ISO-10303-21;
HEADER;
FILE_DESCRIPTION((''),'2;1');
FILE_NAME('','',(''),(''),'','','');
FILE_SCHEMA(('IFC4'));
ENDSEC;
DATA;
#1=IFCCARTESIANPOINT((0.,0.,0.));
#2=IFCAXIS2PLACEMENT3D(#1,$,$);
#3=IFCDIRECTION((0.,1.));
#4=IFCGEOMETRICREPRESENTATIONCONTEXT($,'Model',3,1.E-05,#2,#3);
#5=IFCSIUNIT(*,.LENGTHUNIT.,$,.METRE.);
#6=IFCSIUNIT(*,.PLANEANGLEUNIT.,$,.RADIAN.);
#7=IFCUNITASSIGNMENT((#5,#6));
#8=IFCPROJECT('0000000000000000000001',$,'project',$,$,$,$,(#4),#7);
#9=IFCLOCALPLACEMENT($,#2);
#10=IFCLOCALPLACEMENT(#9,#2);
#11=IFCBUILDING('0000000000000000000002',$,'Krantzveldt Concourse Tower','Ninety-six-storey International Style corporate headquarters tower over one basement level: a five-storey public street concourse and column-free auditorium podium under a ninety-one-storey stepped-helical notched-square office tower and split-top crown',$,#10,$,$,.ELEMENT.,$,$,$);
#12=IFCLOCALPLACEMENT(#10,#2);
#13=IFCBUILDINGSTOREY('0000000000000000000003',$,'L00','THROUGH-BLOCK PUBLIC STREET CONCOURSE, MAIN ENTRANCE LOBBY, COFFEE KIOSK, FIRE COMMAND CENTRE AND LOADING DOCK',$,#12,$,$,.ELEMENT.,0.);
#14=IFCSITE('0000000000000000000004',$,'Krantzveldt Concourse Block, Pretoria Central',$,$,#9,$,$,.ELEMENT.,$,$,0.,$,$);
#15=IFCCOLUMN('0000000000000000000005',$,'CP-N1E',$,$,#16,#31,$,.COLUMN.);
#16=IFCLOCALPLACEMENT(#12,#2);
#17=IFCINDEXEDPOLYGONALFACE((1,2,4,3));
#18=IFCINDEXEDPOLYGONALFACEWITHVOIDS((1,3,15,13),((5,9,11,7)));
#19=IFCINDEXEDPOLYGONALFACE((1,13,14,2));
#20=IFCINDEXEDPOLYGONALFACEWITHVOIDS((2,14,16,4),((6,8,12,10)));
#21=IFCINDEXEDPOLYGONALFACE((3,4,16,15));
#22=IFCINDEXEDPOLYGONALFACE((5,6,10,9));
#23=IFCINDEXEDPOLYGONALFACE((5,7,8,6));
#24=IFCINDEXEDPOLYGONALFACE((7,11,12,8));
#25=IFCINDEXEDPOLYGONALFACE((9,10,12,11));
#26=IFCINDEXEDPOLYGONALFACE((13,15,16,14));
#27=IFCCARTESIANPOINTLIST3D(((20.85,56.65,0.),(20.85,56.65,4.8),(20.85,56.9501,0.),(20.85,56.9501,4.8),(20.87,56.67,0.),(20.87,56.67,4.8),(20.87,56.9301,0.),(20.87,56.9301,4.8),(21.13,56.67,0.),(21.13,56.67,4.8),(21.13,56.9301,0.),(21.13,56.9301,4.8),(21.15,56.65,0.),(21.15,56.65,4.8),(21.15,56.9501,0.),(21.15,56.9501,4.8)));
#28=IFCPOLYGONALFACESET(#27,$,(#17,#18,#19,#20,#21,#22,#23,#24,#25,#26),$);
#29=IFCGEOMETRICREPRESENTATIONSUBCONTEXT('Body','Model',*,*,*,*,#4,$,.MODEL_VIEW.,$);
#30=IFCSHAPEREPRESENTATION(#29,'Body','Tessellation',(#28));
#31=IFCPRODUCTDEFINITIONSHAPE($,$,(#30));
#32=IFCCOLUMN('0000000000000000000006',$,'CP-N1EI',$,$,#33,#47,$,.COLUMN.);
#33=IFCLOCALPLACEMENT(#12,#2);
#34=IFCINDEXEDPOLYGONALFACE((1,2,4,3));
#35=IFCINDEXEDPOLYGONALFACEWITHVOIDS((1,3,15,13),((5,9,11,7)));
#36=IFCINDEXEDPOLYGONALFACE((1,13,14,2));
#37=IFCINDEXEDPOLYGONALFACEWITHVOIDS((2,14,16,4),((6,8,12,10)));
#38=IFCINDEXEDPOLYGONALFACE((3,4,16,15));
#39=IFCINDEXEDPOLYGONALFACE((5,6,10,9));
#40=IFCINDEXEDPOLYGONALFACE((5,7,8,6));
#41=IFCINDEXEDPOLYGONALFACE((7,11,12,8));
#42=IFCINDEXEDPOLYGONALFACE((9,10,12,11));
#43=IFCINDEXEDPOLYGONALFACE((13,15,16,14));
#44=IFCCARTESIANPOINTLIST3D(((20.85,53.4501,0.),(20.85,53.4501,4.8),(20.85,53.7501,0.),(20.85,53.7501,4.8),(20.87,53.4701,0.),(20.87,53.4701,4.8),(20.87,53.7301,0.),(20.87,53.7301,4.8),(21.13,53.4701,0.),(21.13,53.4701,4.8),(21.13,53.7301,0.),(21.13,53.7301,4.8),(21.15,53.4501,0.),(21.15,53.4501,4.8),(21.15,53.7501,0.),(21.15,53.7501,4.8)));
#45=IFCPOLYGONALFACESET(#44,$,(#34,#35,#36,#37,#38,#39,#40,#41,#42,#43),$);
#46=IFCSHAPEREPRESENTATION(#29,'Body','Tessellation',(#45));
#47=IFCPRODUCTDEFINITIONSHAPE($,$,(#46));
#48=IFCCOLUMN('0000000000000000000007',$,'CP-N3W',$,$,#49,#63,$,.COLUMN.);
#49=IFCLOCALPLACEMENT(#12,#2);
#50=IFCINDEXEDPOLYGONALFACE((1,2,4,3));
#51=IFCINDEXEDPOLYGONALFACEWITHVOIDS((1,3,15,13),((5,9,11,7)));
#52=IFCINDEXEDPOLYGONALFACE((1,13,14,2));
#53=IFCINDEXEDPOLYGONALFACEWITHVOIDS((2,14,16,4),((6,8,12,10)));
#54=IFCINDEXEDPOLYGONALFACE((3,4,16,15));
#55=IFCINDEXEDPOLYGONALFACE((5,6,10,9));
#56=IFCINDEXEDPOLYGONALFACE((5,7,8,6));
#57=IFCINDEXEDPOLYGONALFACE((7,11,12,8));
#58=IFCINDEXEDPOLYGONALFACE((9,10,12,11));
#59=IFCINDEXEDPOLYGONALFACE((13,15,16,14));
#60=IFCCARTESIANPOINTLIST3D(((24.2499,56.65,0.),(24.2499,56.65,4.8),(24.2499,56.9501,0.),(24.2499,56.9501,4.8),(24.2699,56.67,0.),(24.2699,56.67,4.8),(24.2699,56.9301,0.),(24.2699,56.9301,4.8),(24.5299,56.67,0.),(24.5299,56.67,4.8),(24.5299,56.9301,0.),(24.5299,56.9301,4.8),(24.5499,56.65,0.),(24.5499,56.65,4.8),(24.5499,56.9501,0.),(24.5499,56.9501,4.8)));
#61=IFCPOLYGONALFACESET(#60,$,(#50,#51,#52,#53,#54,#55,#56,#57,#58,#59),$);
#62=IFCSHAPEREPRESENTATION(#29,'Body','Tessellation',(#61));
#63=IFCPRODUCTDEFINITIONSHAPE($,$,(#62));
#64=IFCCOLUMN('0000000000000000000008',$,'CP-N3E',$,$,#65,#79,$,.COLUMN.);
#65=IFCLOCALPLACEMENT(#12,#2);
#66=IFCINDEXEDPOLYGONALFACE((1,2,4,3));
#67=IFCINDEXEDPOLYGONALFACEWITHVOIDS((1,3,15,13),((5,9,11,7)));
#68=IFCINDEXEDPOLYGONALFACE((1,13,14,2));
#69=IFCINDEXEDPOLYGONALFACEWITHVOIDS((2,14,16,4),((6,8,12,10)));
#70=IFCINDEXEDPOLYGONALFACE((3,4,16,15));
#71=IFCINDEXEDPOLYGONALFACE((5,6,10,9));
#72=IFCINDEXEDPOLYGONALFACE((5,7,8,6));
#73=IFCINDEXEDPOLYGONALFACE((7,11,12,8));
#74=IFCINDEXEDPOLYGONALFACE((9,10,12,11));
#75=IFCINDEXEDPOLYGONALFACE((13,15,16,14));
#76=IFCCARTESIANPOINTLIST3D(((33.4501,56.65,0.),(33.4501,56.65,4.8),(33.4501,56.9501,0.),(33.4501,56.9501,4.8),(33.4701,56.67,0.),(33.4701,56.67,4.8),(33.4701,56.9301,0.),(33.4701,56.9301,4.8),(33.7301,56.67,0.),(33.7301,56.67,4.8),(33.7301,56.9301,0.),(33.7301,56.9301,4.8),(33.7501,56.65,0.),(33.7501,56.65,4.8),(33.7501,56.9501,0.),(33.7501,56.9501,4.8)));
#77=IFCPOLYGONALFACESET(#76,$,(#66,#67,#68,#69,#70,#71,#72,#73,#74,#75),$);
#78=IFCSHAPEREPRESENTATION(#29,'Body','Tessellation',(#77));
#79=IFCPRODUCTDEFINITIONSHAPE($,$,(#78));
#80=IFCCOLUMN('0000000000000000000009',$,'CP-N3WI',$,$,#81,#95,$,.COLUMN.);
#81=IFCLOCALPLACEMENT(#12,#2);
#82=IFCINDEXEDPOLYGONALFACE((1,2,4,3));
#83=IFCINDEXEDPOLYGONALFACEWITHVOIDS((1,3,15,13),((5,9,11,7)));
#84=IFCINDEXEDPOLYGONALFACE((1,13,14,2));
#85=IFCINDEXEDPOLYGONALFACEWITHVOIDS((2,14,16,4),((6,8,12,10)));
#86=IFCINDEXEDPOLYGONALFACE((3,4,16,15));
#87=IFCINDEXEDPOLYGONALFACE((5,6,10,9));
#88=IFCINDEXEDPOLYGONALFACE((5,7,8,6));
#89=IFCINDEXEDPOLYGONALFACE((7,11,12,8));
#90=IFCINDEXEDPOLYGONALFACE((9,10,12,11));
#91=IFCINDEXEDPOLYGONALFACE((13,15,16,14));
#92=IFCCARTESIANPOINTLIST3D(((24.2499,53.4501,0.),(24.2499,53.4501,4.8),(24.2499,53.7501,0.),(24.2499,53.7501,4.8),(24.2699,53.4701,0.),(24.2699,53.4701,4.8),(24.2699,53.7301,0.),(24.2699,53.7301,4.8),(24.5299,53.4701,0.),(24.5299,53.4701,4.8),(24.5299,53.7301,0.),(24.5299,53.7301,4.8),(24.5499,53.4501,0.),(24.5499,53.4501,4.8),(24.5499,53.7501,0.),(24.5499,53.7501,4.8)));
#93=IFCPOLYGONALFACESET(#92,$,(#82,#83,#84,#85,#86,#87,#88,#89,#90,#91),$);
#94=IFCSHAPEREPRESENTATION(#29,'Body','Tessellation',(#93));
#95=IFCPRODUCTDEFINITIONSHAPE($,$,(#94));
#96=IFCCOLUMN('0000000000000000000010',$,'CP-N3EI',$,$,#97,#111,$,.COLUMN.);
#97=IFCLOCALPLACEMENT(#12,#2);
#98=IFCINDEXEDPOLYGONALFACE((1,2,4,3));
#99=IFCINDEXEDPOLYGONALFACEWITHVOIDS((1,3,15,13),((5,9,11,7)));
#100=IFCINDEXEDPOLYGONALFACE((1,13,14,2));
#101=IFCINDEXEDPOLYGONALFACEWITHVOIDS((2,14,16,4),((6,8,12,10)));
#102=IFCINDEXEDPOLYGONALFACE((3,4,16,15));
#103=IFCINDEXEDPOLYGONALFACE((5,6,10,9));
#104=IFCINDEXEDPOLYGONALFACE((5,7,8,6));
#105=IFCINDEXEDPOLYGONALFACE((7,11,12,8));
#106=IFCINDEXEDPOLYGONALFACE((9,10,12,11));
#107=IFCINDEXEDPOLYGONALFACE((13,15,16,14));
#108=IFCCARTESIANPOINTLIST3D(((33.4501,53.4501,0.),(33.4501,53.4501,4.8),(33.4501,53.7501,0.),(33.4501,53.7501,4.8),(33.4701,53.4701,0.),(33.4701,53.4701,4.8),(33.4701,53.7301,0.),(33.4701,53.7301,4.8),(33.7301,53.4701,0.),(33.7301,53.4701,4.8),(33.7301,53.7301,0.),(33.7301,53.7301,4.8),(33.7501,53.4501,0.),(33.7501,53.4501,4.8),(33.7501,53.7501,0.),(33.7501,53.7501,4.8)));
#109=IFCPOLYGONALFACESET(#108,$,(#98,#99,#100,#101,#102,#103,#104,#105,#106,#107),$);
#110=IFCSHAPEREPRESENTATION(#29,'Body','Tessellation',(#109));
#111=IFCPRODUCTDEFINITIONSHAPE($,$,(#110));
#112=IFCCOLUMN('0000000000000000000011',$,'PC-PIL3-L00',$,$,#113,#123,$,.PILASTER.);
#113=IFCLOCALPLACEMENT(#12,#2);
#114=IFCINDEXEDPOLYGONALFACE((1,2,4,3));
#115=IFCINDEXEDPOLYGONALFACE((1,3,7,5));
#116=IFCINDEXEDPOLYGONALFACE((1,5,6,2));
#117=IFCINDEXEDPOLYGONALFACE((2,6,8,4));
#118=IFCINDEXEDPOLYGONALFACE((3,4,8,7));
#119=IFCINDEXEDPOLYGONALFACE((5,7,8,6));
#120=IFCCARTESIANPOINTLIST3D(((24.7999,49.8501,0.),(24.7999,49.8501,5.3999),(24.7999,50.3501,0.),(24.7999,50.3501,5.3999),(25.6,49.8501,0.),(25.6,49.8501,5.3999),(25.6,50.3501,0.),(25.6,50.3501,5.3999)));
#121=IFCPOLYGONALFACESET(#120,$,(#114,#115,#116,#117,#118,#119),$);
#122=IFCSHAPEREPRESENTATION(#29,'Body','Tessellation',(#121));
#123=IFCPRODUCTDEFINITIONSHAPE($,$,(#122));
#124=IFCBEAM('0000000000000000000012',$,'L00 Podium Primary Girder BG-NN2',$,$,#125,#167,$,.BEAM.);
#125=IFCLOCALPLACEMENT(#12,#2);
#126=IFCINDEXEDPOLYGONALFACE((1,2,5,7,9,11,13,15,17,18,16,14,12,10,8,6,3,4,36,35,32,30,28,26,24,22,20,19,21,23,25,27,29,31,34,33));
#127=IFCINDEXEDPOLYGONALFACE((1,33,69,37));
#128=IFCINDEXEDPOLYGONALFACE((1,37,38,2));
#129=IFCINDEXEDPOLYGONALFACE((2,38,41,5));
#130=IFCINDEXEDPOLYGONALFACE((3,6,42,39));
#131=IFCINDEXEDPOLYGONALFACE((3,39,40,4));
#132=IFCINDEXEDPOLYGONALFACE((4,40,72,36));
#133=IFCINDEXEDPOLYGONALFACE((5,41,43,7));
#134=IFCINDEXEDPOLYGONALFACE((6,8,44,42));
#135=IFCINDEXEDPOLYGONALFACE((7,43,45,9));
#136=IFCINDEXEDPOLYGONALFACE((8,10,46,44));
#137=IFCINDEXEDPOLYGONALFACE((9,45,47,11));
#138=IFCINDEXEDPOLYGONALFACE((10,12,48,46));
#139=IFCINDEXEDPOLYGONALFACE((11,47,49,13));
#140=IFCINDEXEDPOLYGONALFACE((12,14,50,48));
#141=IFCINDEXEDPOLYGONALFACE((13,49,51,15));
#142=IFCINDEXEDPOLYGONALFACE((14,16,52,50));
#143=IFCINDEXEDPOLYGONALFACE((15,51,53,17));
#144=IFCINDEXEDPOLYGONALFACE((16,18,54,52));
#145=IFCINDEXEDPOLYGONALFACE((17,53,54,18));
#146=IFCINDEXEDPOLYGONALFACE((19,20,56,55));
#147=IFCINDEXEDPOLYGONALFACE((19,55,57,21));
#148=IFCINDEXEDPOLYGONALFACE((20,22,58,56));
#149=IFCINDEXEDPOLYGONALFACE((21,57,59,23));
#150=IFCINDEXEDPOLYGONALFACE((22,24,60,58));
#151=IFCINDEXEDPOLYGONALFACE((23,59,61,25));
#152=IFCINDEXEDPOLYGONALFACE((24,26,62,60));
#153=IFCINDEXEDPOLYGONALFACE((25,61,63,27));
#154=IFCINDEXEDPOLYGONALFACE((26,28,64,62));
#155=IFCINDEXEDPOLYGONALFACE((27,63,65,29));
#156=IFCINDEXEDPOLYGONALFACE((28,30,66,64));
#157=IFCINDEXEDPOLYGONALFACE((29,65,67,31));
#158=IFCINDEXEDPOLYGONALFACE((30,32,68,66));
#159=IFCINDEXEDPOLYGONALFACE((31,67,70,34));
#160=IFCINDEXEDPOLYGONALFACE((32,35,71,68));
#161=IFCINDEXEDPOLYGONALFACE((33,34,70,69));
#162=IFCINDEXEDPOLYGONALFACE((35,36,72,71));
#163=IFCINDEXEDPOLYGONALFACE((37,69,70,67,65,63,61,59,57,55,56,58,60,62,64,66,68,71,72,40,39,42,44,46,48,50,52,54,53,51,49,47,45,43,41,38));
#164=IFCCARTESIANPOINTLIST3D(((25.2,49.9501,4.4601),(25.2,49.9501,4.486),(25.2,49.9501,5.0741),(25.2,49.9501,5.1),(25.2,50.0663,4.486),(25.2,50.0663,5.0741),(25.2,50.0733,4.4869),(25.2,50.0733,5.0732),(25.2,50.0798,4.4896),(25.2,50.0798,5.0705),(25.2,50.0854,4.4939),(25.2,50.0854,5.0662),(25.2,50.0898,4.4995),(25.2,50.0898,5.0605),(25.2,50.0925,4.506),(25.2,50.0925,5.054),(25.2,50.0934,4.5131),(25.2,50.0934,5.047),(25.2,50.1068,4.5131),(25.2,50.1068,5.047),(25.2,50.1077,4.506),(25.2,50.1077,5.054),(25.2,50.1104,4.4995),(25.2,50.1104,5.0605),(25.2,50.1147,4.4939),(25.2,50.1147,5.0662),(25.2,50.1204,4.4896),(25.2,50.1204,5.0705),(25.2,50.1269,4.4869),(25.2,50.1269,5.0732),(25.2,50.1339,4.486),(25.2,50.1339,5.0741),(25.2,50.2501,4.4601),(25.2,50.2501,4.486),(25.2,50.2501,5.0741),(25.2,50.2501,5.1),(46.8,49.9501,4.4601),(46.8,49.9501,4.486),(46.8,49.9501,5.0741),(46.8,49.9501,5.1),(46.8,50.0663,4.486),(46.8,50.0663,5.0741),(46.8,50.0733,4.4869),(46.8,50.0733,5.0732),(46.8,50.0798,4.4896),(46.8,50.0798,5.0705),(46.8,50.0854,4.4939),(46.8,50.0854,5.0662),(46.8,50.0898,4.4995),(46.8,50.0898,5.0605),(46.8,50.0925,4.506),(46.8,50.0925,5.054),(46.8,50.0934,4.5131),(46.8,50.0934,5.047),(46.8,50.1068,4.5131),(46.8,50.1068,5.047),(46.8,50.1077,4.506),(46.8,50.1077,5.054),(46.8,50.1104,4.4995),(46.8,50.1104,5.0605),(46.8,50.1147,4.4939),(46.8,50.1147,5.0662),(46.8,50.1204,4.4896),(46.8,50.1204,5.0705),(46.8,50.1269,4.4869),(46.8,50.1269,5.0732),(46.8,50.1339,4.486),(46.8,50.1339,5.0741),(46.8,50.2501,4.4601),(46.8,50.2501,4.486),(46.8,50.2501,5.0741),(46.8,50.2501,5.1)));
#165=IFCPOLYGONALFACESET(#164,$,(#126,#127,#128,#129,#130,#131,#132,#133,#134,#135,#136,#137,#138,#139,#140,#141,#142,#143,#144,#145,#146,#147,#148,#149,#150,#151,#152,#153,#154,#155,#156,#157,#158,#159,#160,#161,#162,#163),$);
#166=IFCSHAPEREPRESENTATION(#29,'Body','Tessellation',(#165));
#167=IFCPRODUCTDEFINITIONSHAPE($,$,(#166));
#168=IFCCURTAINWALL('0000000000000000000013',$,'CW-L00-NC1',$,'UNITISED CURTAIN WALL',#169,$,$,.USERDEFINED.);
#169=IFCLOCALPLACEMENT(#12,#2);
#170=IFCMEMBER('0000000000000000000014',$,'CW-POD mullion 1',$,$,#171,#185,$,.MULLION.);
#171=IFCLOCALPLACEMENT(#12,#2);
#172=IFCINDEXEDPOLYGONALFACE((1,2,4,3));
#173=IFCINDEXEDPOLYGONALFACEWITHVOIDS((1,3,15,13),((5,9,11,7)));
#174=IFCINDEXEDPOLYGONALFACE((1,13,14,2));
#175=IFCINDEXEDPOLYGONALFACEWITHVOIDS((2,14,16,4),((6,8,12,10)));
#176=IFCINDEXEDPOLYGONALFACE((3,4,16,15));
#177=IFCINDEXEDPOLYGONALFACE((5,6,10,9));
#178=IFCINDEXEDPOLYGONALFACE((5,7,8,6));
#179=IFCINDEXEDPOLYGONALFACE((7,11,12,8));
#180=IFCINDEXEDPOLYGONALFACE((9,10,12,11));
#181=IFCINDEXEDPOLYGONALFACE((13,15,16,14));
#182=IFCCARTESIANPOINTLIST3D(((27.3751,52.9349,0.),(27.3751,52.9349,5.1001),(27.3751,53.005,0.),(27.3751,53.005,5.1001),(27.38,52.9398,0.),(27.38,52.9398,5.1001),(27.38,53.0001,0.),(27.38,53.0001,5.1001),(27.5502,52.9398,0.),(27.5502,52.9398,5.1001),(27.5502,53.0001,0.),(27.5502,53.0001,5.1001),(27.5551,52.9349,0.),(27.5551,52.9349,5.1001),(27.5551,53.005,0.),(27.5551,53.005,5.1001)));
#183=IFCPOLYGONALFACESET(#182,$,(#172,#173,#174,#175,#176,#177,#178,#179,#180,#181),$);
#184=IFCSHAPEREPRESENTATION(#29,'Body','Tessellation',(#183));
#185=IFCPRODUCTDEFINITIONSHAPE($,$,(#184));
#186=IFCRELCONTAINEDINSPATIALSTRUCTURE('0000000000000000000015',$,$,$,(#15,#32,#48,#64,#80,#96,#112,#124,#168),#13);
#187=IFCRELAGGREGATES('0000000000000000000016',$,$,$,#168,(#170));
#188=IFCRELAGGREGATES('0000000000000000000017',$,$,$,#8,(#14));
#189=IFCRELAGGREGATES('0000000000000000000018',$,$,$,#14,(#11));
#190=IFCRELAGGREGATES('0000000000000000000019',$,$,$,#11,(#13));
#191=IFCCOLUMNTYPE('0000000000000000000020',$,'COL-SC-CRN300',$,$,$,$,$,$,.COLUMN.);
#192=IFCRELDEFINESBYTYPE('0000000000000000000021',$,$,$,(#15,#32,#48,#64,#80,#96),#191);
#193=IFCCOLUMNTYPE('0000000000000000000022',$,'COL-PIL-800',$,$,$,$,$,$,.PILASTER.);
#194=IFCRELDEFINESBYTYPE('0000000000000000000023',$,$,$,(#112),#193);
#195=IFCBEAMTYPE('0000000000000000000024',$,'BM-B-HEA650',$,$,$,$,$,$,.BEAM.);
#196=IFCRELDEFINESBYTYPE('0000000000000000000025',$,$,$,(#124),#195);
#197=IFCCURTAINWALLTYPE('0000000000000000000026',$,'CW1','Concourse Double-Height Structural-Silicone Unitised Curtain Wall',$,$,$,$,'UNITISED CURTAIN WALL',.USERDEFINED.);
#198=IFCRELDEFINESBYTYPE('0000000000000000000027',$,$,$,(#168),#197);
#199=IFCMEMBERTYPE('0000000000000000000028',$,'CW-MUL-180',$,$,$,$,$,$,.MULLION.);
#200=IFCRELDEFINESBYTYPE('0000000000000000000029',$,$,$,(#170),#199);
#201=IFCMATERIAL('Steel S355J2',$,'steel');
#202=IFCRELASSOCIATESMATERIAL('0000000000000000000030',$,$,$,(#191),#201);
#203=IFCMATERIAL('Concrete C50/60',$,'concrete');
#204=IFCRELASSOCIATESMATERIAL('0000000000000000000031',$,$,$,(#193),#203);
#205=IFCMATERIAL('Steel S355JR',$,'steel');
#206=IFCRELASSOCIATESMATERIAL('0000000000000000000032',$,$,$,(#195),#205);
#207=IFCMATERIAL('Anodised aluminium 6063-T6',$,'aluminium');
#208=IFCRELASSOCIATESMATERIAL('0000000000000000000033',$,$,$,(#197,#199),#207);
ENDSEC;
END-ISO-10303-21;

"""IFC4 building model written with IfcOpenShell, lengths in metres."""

from ifc_helpers import new_model, si_unit, direction, frame, origin, origin_2d, place, context, subcontext, project, spatial, rectangle, hollow_rectangle, i_section, extrude, source, transform, mapped, material, material_profile, profile_set, type_object, type_shapes, element, aggregate, save


model = new_model("IFC4")

# Units and contexts
model_context = context("Model", 3, precision=1e-05, world=origin(), true_north=direction((0.0, 1.0)))
body_context = subcontext(model_context, "Body", "Model", "MODEL_VIEW")
ifc_project = project(units=[si_unit("LENGTHUNIT", "METRE"), si_unit("PLANEANGLEUNIT", "RADIAN")], contexts=[model_context])

# Site, building, storey
site_placement = place(None, origin())
site = spatial("IfcSite", under=ifc_project, at=site_placement, Name="Krantzveldt Concourse Block, Pretoria Central", CompositionType="ELEMENT", RefElevation=0.0)
building_placement = place(site_placement, origin())
building = spatial("IfcBuilding", under=site, at=building_placement, Name="Krantzveldt Concourse Tower", Description="Ninety-six-storey International Style corporate headquarters tower over one basement level: a five-storey public street concourse and column-free auditorium podium under a ninety-one-storey stepped-helical notched-square office tower and split-top crown", CompositionType="ELEMENT")
storey_placement = place(building_placement, origin())
storey = spatial("IfcBuildingStorey", under=building, at=storey_placement, Name="L00", Description="THROUGH-BLOCK PUBLIC STREET CONCOURSE, MAIN ENTRANCE LOBBY, COFFEE KIOSK, FIRE COMMAND CENTRE AND LOADING DOCK", CompositionType="ELEMENT", Elevation=0.0)

# Columns
ifc_material_1 = material(Name="Steel S355J2", Category="steel")
ifc_material_profile_1 = material_profile(ifc_material_1, hollow_rectangle(XDim=0.3, YDim=0.3, WallThickness=0.02, at=origin_2d()), Name="Steel S355J2", Category="steel")
ifc_profile_set_1 = profile_set([ifc_material_profile_1], Name="Steel S355J2 - SHS 300x300x20")
column_type_1 = type_object("IfcColumnType", Name="COL-SC-CRN300", PredefinedType="COLUMN", material=ifc_profile_set_1)
shared_shape_1 = source(origin(), body_context, "Body", "SweptSolid", [
    extrude(hollow_rectangle(XDim=0.3, YDim=0.3, WallThickness=0.02, at=origin_2d()), origin(), (0.0, 0.0, 1.0), 4.8),
])
type_shapes(column_type_1, [shared_shape_1])
for number, where, z_axis, x_axis, name in (
    (1, (21.0, 56.8, 0.0), (0.0, 0.0, 1.0), (1.0, 0.0, 0.0), "CP-N1E"),
    (2, (21.0, 53.6001, 0.0), (0.0, 0.0, 1.0), (1.0, 0.0, 0.0), "CP-N1EI"),
    (3, (24.3999, 56.8, 0.0), (0.0, 0.0, 1.0), (1.0, 0.0, 0.0), "CP-N3W"),
    (4, (33.6001, 56.8, 0.0), (0.0, 0.0, 1.0), (1.0, 0.0, 0.0), "CP-N3E"),
    (5, (24.3999, 53.6001, 0.0), (0.0, 0.0, 1.0), (1.0, 0.0, 0.0), "CP-N3WI"),
    (6, (33.6001, 53.6001, 0.0), (0.0, 0.0, 1.0), (1.0, 0.0, 0.0), "CP-N3EI"),
):
    element("IfcColumn", number, at=place(storey_placement, frame(where, z_axis=z_axis, x_axis=x_axis)), inside=storey, type_object=column_type_1, Name=name, PredefinedType="COLUMN", context=body_context, shape_type="MappedRepresentation", body=[
        mapped(shared_shape_1, transform((0.0, 0.0, 0.0), x_axis=(1.0, 0.0, 0.0), y_axis=(0.0, 1.0, 0.0), z_axis=(0.0, 0.0, 1.0), scale=1.0)),
    ])
ifc_material_2 = material(Name="Concrete C50/60", Category="concrete")
ifc_material_profile_2 = material_profile(ifc_material_2, rectangle(XDim=0.8, YDim=0.5, at=origin_2d()), Name="Concrete C50/60", Category="concrete")
ifc_profile_set_2 = profile_set([ifc_material_profile_2], Name="Concrete C50/60 - RC-PIL 800x500")
column_type_2 = type_object("IfcColumnType", Name="COL-PIL-800", PredefinedType="PILASTER", material=ifc_profile_set_2)
shared_shape_2 = source(origin(), body_context, "Body", "SweptSolid", [
    extrude(rectangle(XDim=0.8, YDim=0.5, at=origin_2d()), origin(), (0.0, 0.0, 1.0), 5.3999),
])
type_shapes(column_type_2, [shared_shape_2])
column_placement = place(storey_placement, frame((25.2, 50.1001, 0.0), z_axis=(0.0, 0.0, 1.0), x_axis=(1.0, 0.0, 0.0)))
element("IfcColumn", 7, at=column_placement, inside=storey, type_object=column_type_2, Name="PC-PIL3-L00", PredefinedType="PILASTER", context=body_context, shape_type="MappedRepresentation", body=[
    mapped(shared_shape_2, transform((0.0, 0.0, 0.0), x_axis=(1.0, 0.0, 0.0), y_axis=(0.0, 1.0, 0.0), z_axis=(0.0, 0.0, 1.0), scale=1.0)),
])

# Beam
ifc_material_3 = material(Name="Steel S355JR", Category="steel")
ifc_material_profile_3 = material_profile(ifc_material_3, i_section(OverallWidth=0.3, OverallDepth=0.6399, WebThickness=0.0134, FlangeThickness=0.0259, FilletRadius=0.0271, at=origin_2d()), Name="Steel S355JR", Category="steel")
ifc_profile_set_3 = profile_set([ifc_material_profile_3], Name="Steel S355JR - HEA 650")
beam_type = type_object("IfcBeamType", Name="BM-B-HEA650", PredefinedType="BEAM", material=ifc_profile_set_3)
shared_shape_3 = source(origin(), body_context, "Body", "SweptSolid", [
    extrude(i_section(OverallWidth=0.3, OverallDepth=0.6399, WebThickness=0.0134, FlangeThickness=0.0259, FilletRadius=0.0271, at=origin_2d()), origin(), (0.0, 0.0, 1.0), 21.6001),
])
type_shapes(beam_type, [shared_shape_3])
beam_placement = place(storey_placement, frame((25.2, 50.1001, 4.78), z_axis=(1.0, 0.0, 0.0), x_axis=(0.0, 1.0, 0.0)))
element("IfcBeam", 8, at=beam_placement, inside=storey, type_object=beam_type, Name="L00 Podium Primary Girder BG-NN2", PredefinedType="BEAM", context=body_context, shape_type="MappedRepresentation", body=[
    mapped(shared_shape_3, transform((0.0, 0.0, 0.0), x_axis=(1.0, 0.0, 0.0), y_axis=(0.0, 1.0, 0.0), z_axis=(0.0, 0.0, 1.0), scale=1.0)),
])

# Curtain wall, member
ifc_material_4 = material(Name="Anodised aluminium 6063-T6", Category="aluminium")
curtain_wall_type = type_object("IfcCurtainWallType", Name="CW1", Description="Concourse Double-Height Structural-Silicone Unitised Curtain Wall", ElementType="UNITISED CURTAIN WALL", PredefinedType="USERDEFINED", material=ifc_material_4)
curtain_wall_1_placement = place(storey_placement, origin())
curtain_wall_1 = element("IfcCurtainWall", 9, at=curtain_wall_1_placement, inside=storey, type_object=curtain_wall_type, Name="CW-L00-NC1", ObjectType="UNITISED CURTAIN WALL", PredefinedType="USERDEFINED")
ifc_material_profile_4 = material_profile(ifc_material_4, hollow_rectangle(XDim=0.0701, YDim=0.1799, WallThickness=0.0049, at=origin_2d()), Name="Anodised aluminium 6063-T6", Category="aluminium")
ifc_profile_set_4 = profile_set([ifc_material_profile_4], Name="Anodised aluminium 6063-T6 - ALU-MULL 180x70x5")
member_type_1 = type_object("IfcMemberType", Name="CW-MUL-180", PredefinedType="MULLION", material=ifc_profile_set_4)
shared_shape_4 = source(origin(), body_context, "Body", "SweptSolid", [
    extrude(hollow_rectangle(XDim=0.0701, YDim=0.1799, WallThickness=0.0049, at=origin_2d()), origin(), (0.0, 0.0, 1.0), 5.1001),
])
type_shapes(member_type_1, [shared_shape_4])
member_1_placement = place(storey_placement, frame((27.4651, 52.97, 0.0), z_axis=(0.0, 0.0, 1.0), x_axis=(0.0, -1.0, 0.0)))
member_1 = element("IfcMember", 10, at=member_1_placement, type_object=member_type_1, Name="CW-POD mullion 1", PredefinedType="MULLION", context=body_context, shape_type="MappedRepresentation", body=[
    mapped(shared_shape_4, transform((0.0, 0.0, 0.0), x_axis=(1.0, 0.0, 0.0), y_axis=(0.0, 1.0, 0.0), z_axis=(0.0, 0.0, 1.0), scale=1.0)),
])

aggregate(curtain_wall_1, [member_1])

save(model, "model.ifc")
